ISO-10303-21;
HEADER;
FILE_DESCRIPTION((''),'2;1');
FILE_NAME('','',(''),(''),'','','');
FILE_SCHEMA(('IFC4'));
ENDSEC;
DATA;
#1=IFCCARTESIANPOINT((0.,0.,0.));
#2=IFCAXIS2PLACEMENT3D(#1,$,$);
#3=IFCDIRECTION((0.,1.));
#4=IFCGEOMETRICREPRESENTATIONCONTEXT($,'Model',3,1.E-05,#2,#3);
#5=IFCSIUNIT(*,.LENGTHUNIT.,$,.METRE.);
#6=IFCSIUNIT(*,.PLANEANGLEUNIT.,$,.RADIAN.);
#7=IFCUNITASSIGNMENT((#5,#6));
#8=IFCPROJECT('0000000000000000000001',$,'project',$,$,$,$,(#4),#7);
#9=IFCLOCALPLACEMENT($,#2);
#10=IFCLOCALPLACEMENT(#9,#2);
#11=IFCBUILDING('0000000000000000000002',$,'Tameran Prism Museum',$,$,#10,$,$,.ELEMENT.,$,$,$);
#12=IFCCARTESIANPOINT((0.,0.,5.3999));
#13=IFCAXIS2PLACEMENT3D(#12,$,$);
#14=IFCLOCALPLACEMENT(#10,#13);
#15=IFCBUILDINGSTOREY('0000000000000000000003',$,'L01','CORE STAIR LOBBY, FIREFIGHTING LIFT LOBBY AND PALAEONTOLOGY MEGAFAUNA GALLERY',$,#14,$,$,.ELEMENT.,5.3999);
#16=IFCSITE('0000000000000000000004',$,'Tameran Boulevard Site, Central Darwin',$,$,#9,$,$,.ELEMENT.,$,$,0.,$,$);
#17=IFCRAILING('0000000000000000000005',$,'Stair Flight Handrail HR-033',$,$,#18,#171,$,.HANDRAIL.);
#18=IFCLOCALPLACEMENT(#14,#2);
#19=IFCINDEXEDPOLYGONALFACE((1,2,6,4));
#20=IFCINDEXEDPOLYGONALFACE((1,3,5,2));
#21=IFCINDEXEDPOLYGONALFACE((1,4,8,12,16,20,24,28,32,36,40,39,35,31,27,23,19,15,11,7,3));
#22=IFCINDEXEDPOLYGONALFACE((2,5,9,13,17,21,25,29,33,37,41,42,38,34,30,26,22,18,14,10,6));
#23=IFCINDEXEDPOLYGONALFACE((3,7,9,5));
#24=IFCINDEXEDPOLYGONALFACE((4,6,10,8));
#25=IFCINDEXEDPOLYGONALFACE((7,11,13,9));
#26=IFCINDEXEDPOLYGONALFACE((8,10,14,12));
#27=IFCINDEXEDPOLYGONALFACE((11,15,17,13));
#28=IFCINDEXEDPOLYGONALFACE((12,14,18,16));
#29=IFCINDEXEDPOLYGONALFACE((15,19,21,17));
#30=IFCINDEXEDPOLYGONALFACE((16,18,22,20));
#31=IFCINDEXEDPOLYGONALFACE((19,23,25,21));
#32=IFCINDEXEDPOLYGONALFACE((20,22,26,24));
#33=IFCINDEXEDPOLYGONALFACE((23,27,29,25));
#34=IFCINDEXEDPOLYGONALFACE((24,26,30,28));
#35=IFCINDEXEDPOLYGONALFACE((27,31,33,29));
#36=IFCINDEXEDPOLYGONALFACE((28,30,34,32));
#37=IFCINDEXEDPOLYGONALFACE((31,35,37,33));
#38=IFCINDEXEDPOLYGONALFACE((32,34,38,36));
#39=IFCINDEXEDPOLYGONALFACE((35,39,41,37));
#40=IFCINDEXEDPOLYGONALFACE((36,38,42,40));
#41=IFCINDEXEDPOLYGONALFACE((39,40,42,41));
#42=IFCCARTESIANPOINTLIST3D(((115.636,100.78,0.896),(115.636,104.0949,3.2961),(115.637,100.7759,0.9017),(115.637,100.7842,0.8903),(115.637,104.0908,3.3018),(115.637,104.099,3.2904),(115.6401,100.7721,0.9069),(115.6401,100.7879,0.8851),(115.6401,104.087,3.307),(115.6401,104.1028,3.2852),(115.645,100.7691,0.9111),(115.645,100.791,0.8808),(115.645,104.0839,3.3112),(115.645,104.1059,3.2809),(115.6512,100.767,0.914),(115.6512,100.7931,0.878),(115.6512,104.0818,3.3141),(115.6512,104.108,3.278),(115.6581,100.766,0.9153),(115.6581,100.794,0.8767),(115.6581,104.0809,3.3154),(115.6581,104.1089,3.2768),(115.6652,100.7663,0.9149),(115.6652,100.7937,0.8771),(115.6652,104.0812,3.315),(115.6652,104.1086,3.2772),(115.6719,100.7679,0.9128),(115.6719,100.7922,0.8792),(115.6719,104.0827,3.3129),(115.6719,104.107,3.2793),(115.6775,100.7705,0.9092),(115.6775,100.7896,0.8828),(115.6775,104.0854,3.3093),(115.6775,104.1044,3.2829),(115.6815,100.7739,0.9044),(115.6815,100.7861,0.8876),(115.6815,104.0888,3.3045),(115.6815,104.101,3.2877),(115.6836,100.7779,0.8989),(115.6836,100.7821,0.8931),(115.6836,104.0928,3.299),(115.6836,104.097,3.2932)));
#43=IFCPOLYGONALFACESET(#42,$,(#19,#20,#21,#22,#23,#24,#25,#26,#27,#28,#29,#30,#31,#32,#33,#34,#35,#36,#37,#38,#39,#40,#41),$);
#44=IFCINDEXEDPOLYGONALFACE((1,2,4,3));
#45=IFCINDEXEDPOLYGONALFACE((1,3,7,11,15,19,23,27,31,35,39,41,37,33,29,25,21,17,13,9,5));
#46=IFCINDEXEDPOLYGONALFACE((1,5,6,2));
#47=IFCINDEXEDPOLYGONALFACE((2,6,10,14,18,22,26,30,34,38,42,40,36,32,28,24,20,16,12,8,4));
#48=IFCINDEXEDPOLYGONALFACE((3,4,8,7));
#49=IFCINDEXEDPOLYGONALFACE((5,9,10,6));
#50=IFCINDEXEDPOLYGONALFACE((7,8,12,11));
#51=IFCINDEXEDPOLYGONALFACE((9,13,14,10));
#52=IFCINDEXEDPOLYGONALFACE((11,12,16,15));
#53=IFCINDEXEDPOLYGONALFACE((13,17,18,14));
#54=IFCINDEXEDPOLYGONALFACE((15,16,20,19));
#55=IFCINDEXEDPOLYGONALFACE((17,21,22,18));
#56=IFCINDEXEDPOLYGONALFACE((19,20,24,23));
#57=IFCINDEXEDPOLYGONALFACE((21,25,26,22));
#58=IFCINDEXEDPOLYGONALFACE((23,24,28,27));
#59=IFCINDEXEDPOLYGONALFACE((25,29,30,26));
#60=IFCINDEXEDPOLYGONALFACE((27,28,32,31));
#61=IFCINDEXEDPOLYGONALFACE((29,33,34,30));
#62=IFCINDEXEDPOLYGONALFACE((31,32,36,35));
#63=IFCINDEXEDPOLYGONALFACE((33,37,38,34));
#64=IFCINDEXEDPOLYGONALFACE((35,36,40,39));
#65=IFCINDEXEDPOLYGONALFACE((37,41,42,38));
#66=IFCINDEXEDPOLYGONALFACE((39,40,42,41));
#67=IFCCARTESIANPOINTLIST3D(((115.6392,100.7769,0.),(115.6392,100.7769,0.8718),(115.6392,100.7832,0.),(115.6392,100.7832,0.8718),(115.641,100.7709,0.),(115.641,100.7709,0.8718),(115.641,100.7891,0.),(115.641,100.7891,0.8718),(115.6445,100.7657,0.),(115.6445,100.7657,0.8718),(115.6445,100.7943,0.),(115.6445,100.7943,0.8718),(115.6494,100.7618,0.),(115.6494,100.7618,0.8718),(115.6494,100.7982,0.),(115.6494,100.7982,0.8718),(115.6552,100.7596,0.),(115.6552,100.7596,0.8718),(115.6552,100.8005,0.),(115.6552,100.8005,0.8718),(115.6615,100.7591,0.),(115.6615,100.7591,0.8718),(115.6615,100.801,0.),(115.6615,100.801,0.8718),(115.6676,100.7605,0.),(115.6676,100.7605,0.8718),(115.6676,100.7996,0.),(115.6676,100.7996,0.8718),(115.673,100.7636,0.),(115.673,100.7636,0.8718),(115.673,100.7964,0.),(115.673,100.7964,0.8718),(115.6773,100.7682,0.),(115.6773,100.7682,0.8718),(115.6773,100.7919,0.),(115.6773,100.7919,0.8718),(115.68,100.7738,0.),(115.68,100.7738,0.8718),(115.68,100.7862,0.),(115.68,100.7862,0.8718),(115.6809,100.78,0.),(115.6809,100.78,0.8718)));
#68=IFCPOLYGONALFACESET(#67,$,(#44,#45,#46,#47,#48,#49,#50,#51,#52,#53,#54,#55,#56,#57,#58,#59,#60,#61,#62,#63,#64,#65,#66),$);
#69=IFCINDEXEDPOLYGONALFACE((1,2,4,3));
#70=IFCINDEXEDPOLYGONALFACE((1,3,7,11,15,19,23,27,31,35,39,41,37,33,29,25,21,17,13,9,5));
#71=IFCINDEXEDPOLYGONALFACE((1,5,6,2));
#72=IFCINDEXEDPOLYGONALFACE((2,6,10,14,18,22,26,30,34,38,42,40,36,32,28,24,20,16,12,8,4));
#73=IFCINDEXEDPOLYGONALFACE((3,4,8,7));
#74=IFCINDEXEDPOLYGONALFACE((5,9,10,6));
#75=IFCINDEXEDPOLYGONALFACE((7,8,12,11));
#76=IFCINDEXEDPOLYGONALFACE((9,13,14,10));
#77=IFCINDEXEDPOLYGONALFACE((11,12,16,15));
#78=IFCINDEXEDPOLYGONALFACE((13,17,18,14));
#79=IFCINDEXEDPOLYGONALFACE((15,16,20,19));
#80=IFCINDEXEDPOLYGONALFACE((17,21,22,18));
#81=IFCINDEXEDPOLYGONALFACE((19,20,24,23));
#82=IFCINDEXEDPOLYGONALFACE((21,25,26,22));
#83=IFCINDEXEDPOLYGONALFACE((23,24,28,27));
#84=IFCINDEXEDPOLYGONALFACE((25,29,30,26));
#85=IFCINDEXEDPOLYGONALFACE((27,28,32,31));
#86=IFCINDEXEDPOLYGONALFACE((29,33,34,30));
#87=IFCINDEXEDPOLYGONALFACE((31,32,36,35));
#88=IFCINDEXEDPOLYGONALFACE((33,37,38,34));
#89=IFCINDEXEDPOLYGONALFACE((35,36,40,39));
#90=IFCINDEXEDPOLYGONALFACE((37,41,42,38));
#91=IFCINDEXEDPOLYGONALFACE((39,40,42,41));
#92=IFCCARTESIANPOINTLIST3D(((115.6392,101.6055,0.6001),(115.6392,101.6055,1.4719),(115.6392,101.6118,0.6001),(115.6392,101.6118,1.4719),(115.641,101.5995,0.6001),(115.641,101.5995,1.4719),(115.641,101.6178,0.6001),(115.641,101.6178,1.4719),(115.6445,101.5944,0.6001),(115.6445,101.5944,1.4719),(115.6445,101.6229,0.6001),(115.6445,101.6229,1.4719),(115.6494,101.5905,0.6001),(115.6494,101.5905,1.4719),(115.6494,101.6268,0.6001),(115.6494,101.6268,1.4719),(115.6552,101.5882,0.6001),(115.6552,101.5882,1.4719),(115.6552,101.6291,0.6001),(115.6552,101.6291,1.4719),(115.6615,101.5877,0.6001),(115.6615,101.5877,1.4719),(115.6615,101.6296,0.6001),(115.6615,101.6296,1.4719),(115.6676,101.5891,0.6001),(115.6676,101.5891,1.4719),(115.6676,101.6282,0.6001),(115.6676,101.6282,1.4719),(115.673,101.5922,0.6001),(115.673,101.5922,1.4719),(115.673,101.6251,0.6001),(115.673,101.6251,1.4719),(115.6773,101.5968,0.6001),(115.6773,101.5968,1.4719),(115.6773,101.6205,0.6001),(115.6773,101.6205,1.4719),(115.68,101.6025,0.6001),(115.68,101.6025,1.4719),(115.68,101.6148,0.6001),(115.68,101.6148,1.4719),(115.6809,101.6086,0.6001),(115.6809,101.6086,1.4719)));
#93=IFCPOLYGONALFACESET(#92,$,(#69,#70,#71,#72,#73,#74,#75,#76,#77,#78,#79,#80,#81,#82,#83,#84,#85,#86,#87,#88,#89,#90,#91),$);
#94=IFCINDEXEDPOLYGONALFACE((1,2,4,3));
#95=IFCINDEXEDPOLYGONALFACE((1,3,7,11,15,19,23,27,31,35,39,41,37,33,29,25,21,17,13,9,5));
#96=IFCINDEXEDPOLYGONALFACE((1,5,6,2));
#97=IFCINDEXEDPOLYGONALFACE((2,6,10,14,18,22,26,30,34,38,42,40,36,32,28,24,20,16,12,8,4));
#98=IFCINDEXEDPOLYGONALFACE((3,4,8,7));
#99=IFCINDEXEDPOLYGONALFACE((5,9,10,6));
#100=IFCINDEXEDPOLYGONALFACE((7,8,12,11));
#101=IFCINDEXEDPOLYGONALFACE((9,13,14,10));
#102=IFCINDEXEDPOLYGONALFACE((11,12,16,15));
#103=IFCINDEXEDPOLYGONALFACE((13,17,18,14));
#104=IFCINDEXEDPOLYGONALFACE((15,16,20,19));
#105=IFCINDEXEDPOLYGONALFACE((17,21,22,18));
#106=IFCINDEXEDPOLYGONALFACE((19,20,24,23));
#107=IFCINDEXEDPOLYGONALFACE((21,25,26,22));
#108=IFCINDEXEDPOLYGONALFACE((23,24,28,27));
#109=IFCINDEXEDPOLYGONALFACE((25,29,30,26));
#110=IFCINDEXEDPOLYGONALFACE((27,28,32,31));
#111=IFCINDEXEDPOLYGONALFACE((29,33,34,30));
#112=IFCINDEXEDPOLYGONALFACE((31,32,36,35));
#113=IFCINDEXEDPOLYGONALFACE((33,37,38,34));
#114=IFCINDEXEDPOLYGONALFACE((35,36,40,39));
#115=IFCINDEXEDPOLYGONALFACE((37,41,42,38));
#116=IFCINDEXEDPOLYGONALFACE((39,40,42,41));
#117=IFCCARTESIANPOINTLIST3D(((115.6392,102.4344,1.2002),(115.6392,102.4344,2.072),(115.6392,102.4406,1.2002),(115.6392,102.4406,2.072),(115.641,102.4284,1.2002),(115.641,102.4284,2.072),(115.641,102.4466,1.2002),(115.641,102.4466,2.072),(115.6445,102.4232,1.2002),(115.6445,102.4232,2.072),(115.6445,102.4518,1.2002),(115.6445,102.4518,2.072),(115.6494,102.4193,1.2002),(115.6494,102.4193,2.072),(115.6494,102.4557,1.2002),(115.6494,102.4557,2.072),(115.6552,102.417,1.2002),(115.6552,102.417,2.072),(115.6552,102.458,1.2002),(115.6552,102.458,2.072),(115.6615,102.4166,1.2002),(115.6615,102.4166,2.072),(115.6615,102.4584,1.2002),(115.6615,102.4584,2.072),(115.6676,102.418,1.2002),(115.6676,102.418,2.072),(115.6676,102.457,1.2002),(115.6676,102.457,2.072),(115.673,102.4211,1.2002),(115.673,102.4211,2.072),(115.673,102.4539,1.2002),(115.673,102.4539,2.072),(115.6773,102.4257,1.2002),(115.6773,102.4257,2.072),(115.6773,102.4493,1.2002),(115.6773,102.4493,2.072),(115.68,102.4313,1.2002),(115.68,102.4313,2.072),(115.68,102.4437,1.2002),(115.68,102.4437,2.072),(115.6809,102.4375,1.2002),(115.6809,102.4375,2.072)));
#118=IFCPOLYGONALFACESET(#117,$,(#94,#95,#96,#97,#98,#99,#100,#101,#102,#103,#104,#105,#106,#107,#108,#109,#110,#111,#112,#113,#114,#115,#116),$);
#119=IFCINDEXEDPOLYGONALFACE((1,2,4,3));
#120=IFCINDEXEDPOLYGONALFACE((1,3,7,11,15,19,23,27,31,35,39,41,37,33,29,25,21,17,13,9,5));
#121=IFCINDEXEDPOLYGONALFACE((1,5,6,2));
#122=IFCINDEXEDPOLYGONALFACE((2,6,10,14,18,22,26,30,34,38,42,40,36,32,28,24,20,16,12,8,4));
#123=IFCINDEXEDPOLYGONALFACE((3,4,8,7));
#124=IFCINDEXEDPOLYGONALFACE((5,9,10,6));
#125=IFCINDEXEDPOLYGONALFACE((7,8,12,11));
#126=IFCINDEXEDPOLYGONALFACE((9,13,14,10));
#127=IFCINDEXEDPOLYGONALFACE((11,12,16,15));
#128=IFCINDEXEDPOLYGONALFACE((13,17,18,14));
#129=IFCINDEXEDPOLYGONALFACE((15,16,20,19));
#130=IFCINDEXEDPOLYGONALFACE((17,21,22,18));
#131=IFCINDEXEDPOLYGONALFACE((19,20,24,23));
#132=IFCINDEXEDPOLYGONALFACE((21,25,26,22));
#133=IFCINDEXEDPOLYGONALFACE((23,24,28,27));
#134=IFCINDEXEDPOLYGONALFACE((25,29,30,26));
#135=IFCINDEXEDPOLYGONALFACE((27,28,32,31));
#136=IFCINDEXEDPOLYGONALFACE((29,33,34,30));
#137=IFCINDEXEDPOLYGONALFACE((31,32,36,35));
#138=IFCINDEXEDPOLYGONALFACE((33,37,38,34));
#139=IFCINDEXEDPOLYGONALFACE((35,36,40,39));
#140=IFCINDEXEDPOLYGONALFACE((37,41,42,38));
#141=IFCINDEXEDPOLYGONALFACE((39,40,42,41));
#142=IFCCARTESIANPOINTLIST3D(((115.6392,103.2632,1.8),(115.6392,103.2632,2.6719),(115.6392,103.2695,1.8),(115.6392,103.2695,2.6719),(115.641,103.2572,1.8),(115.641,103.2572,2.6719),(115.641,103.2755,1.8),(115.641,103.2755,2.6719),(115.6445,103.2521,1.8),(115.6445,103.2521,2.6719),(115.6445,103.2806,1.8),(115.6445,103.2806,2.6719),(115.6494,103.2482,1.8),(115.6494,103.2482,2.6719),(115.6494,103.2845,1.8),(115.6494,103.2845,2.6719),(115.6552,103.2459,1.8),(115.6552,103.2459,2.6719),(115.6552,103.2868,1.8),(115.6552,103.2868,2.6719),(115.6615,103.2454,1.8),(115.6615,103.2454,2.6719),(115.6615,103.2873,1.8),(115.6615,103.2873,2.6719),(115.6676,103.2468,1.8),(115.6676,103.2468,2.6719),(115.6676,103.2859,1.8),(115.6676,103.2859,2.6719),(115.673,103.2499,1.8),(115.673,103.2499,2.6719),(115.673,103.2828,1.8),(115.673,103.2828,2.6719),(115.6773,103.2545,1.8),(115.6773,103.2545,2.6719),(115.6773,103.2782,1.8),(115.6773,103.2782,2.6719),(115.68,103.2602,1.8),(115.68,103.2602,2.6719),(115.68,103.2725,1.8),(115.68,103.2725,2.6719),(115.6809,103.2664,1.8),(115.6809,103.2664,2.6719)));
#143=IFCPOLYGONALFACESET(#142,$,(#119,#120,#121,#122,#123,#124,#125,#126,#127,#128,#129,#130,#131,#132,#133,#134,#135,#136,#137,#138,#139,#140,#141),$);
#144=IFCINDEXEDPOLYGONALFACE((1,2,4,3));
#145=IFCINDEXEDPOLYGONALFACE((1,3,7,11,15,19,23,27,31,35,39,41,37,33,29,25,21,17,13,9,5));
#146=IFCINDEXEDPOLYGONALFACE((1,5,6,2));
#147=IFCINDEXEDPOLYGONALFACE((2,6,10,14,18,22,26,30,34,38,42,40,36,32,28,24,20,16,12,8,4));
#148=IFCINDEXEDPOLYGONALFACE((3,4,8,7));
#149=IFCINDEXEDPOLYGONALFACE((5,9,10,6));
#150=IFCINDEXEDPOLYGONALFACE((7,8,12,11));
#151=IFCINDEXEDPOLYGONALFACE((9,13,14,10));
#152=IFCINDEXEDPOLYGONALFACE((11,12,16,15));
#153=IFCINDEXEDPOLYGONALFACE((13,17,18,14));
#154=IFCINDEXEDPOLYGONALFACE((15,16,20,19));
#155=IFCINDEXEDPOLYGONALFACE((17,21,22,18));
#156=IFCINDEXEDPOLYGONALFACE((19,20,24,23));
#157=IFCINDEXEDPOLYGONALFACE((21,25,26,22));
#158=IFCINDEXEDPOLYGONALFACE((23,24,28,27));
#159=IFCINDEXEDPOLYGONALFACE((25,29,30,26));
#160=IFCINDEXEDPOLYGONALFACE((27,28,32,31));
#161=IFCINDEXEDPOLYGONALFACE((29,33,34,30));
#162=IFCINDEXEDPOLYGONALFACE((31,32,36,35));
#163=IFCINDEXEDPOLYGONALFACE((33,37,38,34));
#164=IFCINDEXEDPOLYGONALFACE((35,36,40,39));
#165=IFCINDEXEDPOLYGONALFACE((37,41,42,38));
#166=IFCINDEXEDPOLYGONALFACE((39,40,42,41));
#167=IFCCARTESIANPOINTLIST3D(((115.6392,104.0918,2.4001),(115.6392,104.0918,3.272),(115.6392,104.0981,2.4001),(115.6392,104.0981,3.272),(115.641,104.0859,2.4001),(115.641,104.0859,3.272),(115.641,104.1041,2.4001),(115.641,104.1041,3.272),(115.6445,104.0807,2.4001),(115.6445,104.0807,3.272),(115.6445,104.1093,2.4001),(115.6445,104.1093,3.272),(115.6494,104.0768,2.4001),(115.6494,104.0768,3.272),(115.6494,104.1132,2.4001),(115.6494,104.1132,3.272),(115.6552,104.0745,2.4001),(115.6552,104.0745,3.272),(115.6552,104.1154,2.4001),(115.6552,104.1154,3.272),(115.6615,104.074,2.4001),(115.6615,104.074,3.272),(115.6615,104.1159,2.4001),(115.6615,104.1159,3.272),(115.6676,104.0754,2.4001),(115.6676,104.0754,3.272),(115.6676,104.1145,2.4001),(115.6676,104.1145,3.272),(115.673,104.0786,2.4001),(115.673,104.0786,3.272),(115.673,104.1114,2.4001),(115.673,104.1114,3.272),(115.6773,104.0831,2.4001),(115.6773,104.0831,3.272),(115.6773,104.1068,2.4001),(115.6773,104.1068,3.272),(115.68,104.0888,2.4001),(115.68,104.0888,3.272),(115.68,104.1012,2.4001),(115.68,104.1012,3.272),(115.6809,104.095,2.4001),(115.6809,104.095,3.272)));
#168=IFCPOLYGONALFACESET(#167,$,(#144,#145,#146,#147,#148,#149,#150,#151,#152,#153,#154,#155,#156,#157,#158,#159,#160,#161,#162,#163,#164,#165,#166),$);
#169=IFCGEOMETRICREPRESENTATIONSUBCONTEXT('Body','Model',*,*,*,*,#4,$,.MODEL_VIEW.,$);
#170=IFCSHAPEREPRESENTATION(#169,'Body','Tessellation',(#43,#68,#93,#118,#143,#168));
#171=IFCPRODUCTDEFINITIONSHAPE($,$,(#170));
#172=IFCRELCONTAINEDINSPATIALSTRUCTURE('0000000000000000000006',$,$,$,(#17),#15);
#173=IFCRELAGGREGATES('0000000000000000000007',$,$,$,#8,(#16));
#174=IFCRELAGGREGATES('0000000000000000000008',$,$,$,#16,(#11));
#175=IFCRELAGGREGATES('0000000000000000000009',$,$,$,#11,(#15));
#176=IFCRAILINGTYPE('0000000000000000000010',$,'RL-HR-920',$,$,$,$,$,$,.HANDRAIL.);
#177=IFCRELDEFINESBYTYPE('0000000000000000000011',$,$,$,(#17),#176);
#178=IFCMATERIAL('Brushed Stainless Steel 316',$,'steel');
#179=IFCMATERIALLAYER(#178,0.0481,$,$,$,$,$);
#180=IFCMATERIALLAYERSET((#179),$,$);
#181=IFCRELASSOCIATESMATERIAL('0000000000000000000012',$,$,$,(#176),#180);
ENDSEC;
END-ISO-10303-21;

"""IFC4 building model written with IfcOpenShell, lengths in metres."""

from ifc_helpers import new_model, si_unit, direction, frame, origin, origin_2d, place, context, subcontext, project, spatial, circle, extrude, material, layer, layer_set, type_object, element, save


model = new_model("IFC4")

# Units and contexts
model_context = context("Model", 3, precision=1e-05, world=origin(), true_north=direction((0.0, 1.0)))
body_context = subcontext(model_context, "Body", "Model", "MODEL_VIEW")
ifc_project = project(units=[si_unit("LENGTHUNIT", "METRE"), si_unit("PLANEANGLEUNIT", "RADIAN")], contexts=[model_context])

# Site, building, storey
site_placement = place(None, origin())
site = spatial("IfcSite", under=ifc_project, at=site_placement, Name="Tameran Boulevard Site, Central Darwin", CompositionType="ELEMENT", RefElevation=0.0)
building_placement = place(site_placement, origin())
building = spatial("IfcBuilding", under=site, at=building_placement, Name="Tameran Prism Museum", CompositionType="ELEMENT")
storey_placement = place(building_placement, frame((0.0, 0.0, 5.3999)))
storey = spatial("IfcBuildingStorey", under=building, at=storey_placement, Name="L01", Description="CORE STAIR LOBBY, FIREFIGHTING LIFT LOBBY AND PALAEONTOLOGY MEGAFAUNA GALLERY", CompositionType="ELEMENT", Elevation=5.3999)

# Railing
ifc_material_1 = material(Name="Brushed Stainless Steel 316", Category="steel")
ifc_layer_1 = layer(ifc_material_1, 0.0481)
ifc_layer_set_1 = layer_set([ifc_layer_1])
railing_type_1 = type_object("IfcRailingType", Name="RL-HR-920", PredefinedType="HANDRAIL", material=ifc_layer_set_1)
railing_1_placement = place(storey_placement, frame((115.6599, 100.78, 0.0)))
element("IfcRailing", 1, at=railing_1_placement, inside=storey, type_object=railing_type_1, Name="Stair Flight Handrail HR-033", PredefinedType="HANDRAIL", context=body_context, shape_type="SweptSolid", body=[
    extrude(circle(Radius=0.0239, at=origin_2d()), frame((0.0, 0.0, 0.896), z_axis=(0.0, 0.80998, 0.586457), x_axis=(-1.0, 0.0, 0.0)), (0.0, 0.0, 1.0), 4.0925),
    extrude(circle(Radius=0.021, at=origin_2d()), origin(), (0.0, 0.0, 1.0), 0.8718),
    extrude(circle(Radius=0.021, at=origin_2d()), frame((0.0, 0.8286, 0.6001)), (0.0, 0.0, 1.0), 0.8718),
    extrude(circle(Radius=0.021, at=origin_2d()), frame((0.0, 1.6575, 1.2002)), (0.0, 0.0, 1.0), 0.8718),
    extrude(circle(Radius=0.021, at=origin_2d()), frame((0.0, 2.4863, 1.8)), (0.0, 0.0, 1.0), 0.8718),
    extrude(circle(Radius=0.021, at=origin_2d()), frame((0.0, 3.3149, 2.4001)), (0.0, 0.0, 1.0), 0.8718),
])

save(model, "model.ifc")
